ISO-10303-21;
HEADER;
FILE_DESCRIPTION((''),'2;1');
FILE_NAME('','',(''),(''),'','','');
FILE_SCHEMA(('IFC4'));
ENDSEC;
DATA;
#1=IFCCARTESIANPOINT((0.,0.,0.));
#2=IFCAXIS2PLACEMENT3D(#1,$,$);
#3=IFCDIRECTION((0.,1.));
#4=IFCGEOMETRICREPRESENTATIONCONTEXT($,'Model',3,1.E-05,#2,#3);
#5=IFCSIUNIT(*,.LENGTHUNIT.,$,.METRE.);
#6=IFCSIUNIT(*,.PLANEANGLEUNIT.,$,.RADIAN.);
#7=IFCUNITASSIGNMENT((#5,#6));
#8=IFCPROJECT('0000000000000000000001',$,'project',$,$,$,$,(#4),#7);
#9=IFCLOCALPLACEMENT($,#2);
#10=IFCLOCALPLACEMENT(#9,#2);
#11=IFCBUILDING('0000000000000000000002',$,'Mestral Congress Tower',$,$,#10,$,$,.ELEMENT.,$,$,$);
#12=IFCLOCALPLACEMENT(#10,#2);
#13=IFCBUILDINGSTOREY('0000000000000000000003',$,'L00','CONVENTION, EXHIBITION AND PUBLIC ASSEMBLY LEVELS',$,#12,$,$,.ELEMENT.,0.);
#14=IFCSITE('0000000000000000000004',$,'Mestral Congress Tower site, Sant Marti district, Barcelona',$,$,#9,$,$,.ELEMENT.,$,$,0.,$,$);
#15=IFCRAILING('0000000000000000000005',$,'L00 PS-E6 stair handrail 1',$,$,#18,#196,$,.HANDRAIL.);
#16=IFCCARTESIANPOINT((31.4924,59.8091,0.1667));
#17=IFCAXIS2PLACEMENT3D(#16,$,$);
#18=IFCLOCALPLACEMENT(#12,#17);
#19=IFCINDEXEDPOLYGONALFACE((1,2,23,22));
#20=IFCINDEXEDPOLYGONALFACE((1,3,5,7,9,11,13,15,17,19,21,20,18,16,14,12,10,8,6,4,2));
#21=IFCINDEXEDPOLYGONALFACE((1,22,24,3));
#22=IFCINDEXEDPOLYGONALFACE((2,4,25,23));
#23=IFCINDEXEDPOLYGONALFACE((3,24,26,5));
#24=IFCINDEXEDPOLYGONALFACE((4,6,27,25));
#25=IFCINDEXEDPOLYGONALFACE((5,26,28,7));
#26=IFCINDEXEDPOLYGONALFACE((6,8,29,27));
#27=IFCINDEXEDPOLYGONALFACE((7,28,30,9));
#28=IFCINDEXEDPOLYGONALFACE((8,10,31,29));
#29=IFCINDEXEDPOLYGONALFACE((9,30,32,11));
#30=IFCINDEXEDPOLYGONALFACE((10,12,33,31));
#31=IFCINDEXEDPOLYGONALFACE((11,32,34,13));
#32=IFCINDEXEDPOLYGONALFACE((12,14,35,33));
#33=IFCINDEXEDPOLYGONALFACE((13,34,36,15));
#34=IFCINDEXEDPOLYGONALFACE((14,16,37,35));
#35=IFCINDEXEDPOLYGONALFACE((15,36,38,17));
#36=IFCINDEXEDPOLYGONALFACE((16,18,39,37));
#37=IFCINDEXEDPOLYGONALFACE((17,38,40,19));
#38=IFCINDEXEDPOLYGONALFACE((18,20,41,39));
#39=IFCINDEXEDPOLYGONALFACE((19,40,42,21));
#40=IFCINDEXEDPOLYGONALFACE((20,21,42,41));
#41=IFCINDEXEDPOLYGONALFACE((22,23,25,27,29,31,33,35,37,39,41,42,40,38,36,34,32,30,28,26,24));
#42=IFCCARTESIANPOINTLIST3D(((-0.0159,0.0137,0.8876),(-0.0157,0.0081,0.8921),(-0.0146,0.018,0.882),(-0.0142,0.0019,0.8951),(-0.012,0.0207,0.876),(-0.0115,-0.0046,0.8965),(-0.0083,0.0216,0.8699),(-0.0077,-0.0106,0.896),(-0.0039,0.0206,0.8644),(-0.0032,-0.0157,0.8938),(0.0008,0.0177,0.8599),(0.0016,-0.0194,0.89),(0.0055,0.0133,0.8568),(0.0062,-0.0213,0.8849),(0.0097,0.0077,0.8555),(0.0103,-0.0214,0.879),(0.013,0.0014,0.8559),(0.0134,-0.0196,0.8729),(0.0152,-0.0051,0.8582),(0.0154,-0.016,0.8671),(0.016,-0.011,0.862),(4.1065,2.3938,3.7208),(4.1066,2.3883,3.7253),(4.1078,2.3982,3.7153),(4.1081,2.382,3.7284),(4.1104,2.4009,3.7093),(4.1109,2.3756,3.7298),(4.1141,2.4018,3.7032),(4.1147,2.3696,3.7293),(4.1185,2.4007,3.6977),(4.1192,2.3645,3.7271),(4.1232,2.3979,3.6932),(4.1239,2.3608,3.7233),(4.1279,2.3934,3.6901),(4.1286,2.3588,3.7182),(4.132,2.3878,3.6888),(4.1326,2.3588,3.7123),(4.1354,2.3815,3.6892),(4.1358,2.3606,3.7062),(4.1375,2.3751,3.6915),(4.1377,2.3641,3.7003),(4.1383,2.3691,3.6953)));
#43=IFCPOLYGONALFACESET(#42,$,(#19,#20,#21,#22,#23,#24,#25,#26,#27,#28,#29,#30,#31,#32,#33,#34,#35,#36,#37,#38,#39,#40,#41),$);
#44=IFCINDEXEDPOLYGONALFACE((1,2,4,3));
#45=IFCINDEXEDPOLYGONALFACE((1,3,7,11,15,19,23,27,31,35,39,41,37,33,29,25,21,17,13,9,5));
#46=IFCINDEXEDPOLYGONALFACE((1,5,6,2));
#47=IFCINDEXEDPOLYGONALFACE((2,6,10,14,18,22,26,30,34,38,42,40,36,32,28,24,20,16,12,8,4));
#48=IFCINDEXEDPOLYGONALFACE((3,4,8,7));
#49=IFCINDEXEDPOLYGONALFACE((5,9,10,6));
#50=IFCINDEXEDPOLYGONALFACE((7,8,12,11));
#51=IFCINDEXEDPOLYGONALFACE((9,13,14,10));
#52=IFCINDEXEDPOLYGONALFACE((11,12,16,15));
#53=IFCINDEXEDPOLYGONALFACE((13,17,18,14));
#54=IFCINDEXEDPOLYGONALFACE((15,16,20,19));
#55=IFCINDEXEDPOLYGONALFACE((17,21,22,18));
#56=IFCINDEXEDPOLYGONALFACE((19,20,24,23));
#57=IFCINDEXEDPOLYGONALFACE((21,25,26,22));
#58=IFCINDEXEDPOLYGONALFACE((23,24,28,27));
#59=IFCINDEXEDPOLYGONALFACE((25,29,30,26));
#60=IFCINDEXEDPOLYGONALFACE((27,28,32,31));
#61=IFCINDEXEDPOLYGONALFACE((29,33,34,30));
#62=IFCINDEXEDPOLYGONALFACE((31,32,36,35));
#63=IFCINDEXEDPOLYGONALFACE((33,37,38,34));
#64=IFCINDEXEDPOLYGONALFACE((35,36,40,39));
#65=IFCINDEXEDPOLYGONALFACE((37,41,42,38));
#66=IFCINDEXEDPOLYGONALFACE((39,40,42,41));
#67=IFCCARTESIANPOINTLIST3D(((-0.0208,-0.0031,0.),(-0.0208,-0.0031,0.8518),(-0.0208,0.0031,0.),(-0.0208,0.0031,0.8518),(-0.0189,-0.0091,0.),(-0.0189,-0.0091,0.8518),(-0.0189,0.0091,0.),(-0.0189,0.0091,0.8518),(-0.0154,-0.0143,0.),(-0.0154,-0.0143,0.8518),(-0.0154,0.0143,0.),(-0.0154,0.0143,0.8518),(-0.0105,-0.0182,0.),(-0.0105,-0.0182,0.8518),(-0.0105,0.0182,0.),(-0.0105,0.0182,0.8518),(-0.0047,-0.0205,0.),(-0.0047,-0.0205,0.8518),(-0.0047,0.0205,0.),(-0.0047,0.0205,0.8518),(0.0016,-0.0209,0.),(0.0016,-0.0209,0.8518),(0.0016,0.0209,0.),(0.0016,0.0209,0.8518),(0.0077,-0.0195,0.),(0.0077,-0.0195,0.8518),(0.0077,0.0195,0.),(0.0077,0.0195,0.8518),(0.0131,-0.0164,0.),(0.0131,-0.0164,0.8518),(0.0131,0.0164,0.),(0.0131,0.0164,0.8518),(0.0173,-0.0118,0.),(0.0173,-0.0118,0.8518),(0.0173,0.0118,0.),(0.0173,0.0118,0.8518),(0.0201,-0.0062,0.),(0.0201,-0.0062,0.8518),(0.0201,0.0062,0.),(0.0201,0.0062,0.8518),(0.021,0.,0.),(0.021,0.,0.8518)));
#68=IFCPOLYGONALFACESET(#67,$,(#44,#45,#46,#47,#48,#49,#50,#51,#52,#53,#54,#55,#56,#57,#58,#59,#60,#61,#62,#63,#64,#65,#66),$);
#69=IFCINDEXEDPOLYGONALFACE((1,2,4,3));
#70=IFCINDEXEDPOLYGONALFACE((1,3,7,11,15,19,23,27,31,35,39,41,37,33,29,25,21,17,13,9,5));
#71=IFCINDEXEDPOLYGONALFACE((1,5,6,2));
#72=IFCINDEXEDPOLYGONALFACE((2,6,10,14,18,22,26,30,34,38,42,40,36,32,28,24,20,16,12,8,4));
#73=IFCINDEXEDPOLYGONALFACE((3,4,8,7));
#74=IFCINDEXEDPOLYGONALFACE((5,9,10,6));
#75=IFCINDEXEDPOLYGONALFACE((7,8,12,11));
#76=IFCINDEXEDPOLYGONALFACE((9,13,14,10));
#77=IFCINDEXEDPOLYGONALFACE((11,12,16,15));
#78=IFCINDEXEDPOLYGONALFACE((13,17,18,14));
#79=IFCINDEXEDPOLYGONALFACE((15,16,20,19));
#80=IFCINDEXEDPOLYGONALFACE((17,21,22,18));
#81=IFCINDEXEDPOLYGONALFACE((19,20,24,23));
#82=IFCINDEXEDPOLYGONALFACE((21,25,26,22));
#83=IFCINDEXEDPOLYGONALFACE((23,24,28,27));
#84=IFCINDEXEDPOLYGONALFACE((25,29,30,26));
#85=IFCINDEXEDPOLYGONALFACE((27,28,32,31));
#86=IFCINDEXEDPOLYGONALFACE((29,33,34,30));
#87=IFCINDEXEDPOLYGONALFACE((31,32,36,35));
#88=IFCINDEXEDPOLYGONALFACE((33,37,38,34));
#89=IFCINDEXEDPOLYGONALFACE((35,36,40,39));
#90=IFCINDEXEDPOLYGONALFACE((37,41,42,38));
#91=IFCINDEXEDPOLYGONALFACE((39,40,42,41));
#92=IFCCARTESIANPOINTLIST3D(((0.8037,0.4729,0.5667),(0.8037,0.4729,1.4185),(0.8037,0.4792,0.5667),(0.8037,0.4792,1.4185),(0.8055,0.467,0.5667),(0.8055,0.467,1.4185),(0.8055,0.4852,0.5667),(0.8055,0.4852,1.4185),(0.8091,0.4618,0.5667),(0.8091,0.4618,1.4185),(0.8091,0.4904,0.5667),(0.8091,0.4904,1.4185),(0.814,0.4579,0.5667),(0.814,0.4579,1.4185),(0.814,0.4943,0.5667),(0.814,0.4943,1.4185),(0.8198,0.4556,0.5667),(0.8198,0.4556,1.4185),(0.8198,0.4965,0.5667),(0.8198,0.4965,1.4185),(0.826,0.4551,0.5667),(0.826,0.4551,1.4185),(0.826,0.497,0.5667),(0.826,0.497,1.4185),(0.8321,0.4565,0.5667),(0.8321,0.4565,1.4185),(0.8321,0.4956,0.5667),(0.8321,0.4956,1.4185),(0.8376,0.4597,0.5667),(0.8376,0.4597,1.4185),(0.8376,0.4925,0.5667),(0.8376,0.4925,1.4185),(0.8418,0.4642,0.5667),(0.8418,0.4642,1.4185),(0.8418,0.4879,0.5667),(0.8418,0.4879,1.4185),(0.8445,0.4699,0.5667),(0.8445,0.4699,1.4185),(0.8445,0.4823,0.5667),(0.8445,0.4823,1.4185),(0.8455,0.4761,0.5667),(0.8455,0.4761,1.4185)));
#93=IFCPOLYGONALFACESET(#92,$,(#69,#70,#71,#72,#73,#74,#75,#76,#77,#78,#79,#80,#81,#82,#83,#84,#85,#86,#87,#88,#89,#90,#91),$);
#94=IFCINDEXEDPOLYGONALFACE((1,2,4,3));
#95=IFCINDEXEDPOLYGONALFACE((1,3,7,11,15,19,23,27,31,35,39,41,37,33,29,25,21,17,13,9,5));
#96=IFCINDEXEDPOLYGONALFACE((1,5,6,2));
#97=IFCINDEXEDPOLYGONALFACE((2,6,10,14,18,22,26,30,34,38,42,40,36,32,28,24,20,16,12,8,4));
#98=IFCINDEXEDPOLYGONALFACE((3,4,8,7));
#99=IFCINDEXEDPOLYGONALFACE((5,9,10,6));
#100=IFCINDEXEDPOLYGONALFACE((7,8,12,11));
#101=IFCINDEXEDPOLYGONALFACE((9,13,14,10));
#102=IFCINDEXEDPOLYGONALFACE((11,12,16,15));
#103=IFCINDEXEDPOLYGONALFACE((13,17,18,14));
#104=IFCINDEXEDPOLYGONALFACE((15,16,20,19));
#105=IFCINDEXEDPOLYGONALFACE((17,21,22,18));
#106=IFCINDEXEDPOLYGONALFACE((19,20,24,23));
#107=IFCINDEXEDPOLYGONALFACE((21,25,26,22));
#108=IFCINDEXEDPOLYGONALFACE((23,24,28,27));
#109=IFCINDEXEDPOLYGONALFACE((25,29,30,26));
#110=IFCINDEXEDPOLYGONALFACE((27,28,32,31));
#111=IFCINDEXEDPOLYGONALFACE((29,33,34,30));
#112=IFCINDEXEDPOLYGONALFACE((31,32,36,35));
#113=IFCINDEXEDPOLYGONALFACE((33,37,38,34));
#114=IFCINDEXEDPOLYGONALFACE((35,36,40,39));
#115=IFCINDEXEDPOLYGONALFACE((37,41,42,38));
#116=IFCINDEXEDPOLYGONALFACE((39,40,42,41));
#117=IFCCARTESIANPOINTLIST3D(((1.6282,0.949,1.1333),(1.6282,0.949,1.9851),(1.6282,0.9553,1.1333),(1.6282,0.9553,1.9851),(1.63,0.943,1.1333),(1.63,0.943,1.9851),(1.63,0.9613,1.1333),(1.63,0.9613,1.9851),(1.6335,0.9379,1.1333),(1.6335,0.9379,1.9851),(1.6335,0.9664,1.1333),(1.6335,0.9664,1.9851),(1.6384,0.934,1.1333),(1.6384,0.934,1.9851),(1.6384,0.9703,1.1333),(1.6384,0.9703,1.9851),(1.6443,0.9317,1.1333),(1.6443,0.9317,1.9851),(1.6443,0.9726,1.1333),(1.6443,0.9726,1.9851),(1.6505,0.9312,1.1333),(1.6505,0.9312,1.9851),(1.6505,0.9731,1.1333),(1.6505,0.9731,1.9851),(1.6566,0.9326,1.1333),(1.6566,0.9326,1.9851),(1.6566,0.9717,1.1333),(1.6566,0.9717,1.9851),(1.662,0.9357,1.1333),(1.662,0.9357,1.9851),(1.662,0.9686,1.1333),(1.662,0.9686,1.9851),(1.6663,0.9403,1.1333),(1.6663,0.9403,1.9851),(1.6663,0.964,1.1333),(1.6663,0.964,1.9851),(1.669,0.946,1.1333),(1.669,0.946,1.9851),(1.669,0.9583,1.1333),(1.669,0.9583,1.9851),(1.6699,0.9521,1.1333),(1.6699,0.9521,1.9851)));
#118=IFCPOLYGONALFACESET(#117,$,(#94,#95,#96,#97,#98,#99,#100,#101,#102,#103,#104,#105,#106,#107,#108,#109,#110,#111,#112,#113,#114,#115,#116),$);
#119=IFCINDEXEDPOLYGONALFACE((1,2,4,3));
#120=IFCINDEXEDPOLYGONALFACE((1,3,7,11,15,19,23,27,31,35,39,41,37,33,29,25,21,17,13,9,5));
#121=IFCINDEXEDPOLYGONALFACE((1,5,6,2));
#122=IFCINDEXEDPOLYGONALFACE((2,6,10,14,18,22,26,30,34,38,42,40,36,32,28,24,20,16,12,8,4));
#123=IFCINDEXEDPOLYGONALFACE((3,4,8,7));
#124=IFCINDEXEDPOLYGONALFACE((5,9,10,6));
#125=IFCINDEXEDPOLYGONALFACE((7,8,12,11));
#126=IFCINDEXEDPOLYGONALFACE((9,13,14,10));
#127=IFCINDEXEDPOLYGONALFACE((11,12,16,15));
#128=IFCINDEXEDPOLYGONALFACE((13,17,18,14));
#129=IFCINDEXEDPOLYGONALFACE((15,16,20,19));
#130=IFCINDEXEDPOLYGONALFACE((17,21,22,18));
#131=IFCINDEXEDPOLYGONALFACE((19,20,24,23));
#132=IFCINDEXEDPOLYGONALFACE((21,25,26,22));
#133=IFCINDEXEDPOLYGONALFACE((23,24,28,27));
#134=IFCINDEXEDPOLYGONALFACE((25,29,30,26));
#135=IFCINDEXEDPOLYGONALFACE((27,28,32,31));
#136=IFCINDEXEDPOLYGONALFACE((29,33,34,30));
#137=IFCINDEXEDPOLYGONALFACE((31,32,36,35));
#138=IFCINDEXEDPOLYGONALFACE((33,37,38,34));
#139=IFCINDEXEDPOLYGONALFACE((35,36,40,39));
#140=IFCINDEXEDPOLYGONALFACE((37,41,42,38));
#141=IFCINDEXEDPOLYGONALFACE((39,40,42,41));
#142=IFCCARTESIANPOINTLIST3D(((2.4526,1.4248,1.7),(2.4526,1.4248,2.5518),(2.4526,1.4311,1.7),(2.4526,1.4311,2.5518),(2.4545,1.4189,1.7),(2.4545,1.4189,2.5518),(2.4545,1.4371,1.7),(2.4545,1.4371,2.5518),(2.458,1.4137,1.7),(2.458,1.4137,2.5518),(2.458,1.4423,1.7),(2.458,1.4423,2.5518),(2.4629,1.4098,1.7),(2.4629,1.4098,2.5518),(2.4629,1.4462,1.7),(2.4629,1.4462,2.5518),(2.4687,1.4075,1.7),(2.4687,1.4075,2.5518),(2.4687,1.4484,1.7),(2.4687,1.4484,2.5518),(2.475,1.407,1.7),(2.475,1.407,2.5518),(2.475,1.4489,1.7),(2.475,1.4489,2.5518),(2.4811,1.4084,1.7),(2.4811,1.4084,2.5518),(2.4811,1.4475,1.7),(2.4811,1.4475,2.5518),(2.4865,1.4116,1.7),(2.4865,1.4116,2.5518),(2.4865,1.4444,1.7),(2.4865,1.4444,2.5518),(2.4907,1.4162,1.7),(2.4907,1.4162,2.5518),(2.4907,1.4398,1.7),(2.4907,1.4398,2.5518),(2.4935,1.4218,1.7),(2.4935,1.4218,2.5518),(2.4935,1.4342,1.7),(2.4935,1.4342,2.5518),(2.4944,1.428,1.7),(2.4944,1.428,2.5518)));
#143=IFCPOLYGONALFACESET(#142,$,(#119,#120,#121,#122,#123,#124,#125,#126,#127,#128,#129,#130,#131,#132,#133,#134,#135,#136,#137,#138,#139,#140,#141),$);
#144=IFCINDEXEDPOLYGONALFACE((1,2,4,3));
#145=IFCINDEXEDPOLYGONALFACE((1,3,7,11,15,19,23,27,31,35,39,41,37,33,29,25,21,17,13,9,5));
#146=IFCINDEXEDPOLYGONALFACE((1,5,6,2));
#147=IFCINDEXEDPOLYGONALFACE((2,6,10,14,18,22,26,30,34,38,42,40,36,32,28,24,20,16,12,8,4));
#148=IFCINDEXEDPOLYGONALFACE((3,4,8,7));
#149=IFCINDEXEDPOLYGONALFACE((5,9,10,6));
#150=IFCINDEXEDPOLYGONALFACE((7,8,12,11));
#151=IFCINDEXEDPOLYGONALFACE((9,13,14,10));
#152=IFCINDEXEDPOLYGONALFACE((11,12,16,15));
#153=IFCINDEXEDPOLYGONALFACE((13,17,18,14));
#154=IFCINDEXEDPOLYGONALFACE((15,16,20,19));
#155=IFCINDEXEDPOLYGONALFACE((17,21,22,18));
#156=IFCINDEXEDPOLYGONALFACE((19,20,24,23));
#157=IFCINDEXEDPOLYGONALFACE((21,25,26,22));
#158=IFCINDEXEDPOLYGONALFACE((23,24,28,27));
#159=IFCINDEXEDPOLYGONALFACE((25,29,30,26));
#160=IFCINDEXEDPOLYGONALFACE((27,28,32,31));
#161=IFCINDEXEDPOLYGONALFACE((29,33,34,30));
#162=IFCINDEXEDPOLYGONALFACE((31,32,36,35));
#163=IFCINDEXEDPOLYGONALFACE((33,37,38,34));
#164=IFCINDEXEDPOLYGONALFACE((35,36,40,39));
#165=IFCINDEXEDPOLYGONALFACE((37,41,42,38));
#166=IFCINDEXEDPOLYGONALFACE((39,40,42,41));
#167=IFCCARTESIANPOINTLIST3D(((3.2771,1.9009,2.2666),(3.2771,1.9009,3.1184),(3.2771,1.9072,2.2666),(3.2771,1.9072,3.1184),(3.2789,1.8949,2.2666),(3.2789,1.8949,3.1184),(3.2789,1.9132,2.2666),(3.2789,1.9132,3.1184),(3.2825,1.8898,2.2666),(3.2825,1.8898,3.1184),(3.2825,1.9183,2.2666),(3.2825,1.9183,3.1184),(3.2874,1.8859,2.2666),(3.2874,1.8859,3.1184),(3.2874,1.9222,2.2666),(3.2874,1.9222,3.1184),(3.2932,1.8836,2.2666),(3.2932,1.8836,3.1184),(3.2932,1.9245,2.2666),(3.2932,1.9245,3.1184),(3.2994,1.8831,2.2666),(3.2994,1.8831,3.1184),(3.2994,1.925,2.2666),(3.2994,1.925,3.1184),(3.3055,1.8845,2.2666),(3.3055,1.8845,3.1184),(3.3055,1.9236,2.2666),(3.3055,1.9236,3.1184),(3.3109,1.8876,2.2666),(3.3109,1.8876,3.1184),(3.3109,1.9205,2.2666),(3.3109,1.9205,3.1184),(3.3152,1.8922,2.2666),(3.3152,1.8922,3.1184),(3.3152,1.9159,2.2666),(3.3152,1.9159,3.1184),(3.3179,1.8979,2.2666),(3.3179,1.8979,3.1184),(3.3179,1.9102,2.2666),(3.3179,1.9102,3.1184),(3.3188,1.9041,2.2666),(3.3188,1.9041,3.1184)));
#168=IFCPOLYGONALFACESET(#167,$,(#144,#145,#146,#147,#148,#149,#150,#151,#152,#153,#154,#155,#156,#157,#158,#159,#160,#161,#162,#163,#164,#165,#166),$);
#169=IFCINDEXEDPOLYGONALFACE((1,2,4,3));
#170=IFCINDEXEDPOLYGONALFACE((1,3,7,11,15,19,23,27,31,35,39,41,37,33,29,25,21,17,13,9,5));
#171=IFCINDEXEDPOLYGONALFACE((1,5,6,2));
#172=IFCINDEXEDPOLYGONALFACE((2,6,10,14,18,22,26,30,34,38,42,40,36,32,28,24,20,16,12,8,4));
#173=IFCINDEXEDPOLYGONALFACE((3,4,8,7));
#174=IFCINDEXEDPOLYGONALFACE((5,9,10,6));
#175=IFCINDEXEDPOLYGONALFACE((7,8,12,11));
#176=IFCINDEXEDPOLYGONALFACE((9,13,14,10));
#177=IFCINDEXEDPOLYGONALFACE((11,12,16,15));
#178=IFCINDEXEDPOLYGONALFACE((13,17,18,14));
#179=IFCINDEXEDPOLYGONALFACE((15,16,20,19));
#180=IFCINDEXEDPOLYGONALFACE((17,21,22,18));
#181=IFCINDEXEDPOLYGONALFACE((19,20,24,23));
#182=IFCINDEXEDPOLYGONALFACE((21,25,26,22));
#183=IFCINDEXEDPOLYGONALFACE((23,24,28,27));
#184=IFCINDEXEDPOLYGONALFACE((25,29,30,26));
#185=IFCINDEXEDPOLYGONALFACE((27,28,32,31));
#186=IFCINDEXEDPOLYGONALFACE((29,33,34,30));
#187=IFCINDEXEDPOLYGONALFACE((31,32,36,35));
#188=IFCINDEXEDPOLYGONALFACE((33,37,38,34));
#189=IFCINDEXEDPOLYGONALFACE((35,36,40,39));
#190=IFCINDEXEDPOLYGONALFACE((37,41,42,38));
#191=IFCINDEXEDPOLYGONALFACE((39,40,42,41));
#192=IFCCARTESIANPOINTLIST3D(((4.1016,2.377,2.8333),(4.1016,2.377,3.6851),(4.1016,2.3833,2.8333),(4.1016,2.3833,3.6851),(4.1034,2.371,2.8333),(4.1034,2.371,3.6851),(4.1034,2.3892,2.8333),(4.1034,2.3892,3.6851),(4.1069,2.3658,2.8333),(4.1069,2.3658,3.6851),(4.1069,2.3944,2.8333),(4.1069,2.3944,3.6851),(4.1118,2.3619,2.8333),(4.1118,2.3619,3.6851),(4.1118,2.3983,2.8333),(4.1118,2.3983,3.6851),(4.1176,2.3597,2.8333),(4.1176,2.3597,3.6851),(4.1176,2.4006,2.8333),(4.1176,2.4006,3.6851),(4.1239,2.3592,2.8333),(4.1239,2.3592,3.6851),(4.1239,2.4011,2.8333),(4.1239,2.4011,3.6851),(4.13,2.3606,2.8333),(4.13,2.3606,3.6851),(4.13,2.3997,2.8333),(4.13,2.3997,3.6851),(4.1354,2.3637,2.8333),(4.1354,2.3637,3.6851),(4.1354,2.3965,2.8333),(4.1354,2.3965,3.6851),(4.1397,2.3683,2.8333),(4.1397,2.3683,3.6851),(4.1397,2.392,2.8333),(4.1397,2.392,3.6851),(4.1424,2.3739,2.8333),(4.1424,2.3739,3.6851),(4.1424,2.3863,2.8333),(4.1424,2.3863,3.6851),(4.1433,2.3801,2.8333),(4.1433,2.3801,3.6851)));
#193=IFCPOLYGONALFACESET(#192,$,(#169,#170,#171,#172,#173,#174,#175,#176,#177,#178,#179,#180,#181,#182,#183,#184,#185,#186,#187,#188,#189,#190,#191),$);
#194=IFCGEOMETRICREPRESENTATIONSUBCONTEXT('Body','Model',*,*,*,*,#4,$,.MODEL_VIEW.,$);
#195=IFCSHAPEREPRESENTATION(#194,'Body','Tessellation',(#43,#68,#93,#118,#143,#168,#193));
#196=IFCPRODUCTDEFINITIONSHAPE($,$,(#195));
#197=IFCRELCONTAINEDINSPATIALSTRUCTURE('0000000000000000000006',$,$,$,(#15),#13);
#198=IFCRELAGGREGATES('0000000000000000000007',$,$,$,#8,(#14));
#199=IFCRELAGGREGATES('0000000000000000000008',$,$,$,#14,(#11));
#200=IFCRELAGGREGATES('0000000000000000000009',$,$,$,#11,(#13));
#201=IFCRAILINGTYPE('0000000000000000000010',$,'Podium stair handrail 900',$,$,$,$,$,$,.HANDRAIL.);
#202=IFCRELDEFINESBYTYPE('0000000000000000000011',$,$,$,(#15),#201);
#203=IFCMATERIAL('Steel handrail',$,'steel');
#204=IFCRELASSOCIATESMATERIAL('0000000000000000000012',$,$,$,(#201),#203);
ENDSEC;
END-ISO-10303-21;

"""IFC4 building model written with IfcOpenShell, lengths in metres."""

from ifc_helpers import new_model, si_unit, direction, frame, origin, origin_2d, place, context, subcontext, project, spatial, circle, extrude, material, type_object, element, save


model = new_model("IFC4")

# Units and contexts
model_context = context("Model", 3, precision=1e-05, world=origin(), true_north=direction((0.0, 1.0)))
body_context = subcontext(model_context, "Body", "Model", "MODEL_VIEW")
ifc_project = project(units=[si_unit("LENGTHUNIT", "METRE"), si_unit("PLANEANGLEUNIT", "RADIAN")], contexts=[model_context])

# Site, building, storey
site_placement = place(None, origin())
site = spatial("IfcSite", under=ifc_project, at=site_placement, Name="Mestral Congress Tower site, Sant Marti district, Barcelona", CompositionType="ELEMENT", RefElevation=0.0)
building_placement = place(site_placement, origin())
building = spatial("IfcBuilding", under=site, at=building_placement, Name="Mestral Congress Tower", CompositionType="ELEMENT")
storey_placement = place(building_placement, origin())
storey = spatial("IfcBuildingStorey", under=building, at=storey_placement, Name="L00", Description="CONVENTION, EXHIBITION AND PUBLIC ASSEMBLY LEVELS", CompositionType="ELEMENT", Elevation=0.0)

# Railing
ifc_material_1 = material(Name="Steel handrail", Category="steel")
railing_type_1 = type_object("IfcRailingType", Name="Podium stair handrail 900", PredefinedType="HANDRAIL", material=ifc_material_1)
railing_1_placement = place(storey_placement, frame((31.4924, 59.8091, 0.1667)))
element("IfcRailing", 1, at=railing_1_placement, inside=storey, type_object=railing_type_1, Name="L00 PS-E6 stair handrail 1", PredefinedType="HANDRAIL", context=body_context, shape_type="SweptSolid", body=[
    extrude(circle(Radius=0.0239, at=origin_2d()), frame((0.0, 0.0, 0.876), z_axis=(0.74417, 0.429666, 0.511466), x_axis=(-0.500017, 0.866016, 0.0)), (0.0, 0.0, 1.0), 5.5396),
    extrude(circle(Radius=0.021, at=origin_2d()), origin(), (0.0, 0.0, 1.0), 0.8518),
    extrude(circle(Radius=0.021, at=origin_2d()), frame((0.8245, 0.4761, 0.5667)), (0.0, 0.0, 1.0), 0.8518),
    extrude(circle(Radius=0.021, at=origin_2d()), frame((1.6489, 0.9521, 1.1333)), (0.0, 0.0, 1.0), 0.8518),
    extrude(circle(Radius=0.021, at=origin_2d()), frame((2.4734, 1.428, 1.7)), (0.0, 0.0, 1.0), 0.8518),
    extrude(circle(Radius=0.021, at=origin_2d()), frame((3.2979, 1.9041, 2.2666)), (0.0, 0.0, 1.0), 0.8518),
    extrude(circle(Radius=0.021, at=origin_2d()), frame((4.1223, 2.3801, 2.8333)), (0.0, 0.0, 1.0), 0.8518),
])

save(model, "model.ifc")
